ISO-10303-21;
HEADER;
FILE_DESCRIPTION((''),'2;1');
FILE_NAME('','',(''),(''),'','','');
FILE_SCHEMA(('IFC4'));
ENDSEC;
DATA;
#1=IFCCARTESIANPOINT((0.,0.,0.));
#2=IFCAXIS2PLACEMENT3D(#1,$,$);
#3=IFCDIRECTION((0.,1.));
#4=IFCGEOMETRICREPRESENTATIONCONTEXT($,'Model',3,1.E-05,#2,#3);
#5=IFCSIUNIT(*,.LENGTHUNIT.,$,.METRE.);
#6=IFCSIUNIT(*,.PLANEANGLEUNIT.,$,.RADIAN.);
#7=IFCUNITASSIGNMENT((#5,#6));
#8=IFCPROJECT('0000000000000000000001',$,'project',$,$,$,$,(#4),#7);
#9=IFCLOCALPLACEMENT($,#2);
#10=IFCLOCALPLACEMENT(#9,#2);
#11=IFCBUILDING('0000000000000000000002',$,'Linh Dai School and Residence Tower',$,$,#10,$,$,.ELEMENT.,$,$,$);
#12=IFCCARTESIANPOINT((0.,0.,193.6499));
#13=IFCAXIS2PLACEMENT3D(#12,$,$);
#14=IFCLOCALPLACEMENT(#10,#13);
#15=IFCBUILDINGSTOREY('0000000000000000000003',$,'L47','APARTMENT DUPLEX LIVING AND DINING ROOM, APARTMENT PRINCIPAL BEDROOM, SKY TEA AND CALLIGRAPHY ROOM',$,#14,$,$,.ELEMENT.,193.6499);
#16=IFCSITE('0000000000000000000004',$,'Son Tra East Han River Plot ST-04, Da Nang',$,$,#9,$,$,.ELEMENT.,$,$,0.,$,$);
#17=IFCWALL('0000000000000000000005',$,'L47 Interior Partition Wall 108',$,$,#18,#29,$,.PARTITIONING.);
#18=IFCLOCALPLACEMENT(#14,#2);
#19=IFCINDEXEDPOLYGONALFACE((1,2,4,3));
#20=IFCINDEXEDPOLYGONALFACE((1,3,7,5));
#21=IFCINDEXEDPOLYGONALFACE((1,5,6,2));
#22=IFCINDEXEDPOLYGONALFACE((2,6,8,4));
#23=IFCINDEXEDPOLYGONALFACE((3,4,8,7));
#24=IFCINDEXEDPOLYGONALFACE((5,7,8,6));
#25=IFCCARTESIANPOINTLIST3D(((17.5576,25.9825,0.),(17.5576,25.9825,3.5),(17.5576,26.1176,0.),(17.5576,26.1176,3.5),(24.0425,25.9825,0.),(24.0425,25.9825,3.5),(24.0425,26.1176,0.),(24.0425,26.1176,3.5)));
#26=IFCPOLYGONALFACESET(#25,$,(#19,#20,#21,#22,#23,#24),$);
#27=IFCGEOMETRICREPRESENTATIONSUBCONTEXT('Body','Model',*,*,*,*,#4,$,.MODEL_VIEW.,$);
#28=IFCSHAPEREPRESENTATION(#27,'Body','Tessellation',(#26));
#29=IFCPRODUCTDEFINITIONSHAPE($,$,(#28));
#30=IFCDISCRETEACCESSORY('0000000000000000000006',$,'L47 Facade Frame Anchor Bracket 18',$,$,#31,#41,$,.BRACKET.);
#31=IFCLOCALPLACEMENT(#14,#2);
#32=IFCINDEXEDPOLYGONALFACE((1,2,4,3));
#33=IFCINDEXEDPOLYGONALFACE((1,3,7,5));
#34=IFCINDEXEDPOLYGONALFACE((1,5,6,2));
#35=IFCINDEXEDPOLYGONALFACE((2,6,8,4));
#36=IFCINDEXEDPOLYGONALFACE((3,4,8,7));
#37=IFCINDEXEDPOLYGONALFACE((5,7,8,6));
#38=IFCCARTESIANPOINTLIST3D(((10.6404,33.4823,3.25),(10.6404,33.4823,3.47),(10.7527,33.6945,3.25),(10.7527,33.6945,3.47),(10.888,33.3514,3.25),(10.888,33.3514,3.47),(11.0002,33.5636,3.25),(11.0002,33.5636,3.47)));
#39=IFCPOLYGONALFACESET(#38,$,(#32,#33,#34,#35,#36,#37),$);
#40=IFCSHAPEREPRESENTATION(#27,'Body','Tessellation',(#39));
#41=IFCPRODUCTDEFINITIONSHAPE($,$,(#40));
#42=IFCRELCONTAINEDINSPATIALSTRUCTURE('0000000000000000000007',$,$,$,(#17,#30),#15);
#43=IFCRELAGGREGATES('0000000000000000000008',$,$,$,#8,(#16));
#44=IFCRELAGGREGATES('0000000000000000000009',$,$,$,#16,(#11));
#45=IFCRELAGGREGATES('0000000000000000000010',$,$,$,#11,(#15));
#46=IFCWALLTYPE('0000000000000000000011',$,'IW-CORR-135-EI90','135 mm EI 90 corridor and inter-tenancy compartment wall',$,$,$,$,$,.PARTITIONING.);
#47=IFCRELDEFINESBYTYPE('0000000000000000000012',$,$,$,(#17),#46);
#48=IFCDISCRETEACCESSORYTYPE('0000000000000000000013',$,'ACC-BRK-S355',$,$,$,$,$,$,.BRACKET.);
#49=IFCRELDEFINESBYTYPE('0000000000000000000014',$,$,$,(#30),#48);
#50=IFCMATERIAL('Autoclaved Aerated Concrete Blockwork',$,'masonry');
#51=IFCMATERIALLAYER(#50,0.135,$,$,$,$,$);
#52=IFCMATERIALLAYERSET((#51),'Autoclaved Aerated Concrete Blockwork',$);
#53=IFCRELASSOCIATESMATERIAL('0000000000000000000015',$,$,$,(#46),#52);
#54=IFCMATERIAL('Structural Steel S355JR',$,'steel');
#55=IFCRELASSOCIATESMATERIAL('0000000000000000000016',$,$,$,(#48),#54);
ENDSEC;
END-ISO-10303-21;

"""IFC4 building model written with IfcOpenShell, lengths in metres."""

from ifc_helpers import new_model, si_unit, direction, frame, frame_2d, origin, origin_2d, place, context, subcontext, project, spatial, rectangle, extrude, source, transform, mapped, material, layer, layer_set, type_object, element, save


model = new_model("IFC4")

# Units and contexts
model_context = context("Model", 3, precision=1e-05, world=origin(), true_north=direction((0.0, 1.0)))
body_context = subcontext(model_context, "Body", "Model", "MODEL_VIEW")
ifc_project = project(units=[si_unit("LENGTHUNIT", "METRE"), si_unit("PLANEANGLEUNIT", "RADIAN")], contexts=[model_context])

# Site, building, storey
site_placement = place(None, origin())
site = spatial("IfcSite", under=ifc_project, at=site_placement, Name="Son Tra East Han River Plot ST-04, Da Nang", CompositionType="ELEMENT", RefElevation=0.0)
building_placement = place(site_placement, origin())
building = spatial("IfcBuilding", under=site, at=building_placement, Name="Linh Dai School and Residence Tower", CompositionType="ELEMENT")
storey_placement = place(building_placement, frame((0.0, 0.0, 193.6499)))
storey = spatial("IfcBuildingStorey", under=building, at=storey_placement, Name="L47", Description="APARTMENT DUPLEX LIVING AND DINING ROOM, APARTMENT PRINCIPAL BEDROOM, SKY TEA AND CALLIGRAPHY ROOM", CompositionType="ELEMENT", Elevation=193.6499)

# Shared definitions
ifc_material_1 = material(Name="Structural Steel S355JR", Category="steel")

# Shared definitions
ifc_material_2 = material(Name="Autoclaved Aerated Concrete Blockwork", Category="masonry")
ifc_layer_1 = layer(ifc_material_2, 0.135)
ifc_layer_set_1 = layer_set([ifc_layer_1], Name="Autoclaved Aerated Concrete Blockwork")
wall_type_1 = type_object("IfcWallType", Name="IW-CORR-135-EI90", Description="135 mm EI 90 corridor and inter-tenancy compartment wall", PredefinedType="PARTITIONING", material=ifc_layer_set_1)

# Wall
wall_1_placement = place(storey_placement, frame((24.0425, 26.05, 0.0), z_axis=(0.0, 0.0, 1.0), x_axis=(-1.0, 0.0, 0.0)))
element("IfcWall", 1, at=wall_1_placement, inside=storey, type_object=wall_type_1, Name="L47 Interior Partition Wall 108", PredefinedType="PARTITIONING", context=body_context, shape_type="SweptSolid", body=[
    extrude(rectangle(XDim=6.4849, YDim=0.135, at=frame_2d((3.2424, 0.0))), origin(), (0.0, 0.0, 1.0), 3.5),
])

# Discrete accessory
discrete_accessory_type = type_object("IfcDiscreteAccessoryType", Name="ACC-BRK-S355", PredefinedType="BRACKET", material=ifc_material_1)
shared_shape_1 = source(origin(), body_context, "Body", "SweptSolid", [
    extrude(rectangle(XDim=0.28, YDim=0.24, at=origin_2d()), origin(), (0.0, 0.0, 1.0), 0.22),
])
discrete_accessory_placement = place(storey_placement, frame((10.8203, 33.5229, 3.25), z_axis=(0.0, 0.0, 1.0), x_axis=(-0.883951, 0.46758, 0.0)))
element("IfcDiscreteAccessory", 2, at=discrete_accessory_placement, inside=storey, type_object=discrete_accessory_type, Name="L47 Facade Frame Anchor Bracket 18", PredefinedType="BRACKET", context=body_context, shape_type="MappedRepresentation", body=[
    mapped(shared_shape_1, transform((0.0, 0.0, 0.0), x_axis=(1.0, 0.0, 0.0), y_axis=(0.0, 1.0, 0.0), z_axis=(0.0, 0.0, 1.0), scale=1.0)),
])

save(model, "model.ifc")
